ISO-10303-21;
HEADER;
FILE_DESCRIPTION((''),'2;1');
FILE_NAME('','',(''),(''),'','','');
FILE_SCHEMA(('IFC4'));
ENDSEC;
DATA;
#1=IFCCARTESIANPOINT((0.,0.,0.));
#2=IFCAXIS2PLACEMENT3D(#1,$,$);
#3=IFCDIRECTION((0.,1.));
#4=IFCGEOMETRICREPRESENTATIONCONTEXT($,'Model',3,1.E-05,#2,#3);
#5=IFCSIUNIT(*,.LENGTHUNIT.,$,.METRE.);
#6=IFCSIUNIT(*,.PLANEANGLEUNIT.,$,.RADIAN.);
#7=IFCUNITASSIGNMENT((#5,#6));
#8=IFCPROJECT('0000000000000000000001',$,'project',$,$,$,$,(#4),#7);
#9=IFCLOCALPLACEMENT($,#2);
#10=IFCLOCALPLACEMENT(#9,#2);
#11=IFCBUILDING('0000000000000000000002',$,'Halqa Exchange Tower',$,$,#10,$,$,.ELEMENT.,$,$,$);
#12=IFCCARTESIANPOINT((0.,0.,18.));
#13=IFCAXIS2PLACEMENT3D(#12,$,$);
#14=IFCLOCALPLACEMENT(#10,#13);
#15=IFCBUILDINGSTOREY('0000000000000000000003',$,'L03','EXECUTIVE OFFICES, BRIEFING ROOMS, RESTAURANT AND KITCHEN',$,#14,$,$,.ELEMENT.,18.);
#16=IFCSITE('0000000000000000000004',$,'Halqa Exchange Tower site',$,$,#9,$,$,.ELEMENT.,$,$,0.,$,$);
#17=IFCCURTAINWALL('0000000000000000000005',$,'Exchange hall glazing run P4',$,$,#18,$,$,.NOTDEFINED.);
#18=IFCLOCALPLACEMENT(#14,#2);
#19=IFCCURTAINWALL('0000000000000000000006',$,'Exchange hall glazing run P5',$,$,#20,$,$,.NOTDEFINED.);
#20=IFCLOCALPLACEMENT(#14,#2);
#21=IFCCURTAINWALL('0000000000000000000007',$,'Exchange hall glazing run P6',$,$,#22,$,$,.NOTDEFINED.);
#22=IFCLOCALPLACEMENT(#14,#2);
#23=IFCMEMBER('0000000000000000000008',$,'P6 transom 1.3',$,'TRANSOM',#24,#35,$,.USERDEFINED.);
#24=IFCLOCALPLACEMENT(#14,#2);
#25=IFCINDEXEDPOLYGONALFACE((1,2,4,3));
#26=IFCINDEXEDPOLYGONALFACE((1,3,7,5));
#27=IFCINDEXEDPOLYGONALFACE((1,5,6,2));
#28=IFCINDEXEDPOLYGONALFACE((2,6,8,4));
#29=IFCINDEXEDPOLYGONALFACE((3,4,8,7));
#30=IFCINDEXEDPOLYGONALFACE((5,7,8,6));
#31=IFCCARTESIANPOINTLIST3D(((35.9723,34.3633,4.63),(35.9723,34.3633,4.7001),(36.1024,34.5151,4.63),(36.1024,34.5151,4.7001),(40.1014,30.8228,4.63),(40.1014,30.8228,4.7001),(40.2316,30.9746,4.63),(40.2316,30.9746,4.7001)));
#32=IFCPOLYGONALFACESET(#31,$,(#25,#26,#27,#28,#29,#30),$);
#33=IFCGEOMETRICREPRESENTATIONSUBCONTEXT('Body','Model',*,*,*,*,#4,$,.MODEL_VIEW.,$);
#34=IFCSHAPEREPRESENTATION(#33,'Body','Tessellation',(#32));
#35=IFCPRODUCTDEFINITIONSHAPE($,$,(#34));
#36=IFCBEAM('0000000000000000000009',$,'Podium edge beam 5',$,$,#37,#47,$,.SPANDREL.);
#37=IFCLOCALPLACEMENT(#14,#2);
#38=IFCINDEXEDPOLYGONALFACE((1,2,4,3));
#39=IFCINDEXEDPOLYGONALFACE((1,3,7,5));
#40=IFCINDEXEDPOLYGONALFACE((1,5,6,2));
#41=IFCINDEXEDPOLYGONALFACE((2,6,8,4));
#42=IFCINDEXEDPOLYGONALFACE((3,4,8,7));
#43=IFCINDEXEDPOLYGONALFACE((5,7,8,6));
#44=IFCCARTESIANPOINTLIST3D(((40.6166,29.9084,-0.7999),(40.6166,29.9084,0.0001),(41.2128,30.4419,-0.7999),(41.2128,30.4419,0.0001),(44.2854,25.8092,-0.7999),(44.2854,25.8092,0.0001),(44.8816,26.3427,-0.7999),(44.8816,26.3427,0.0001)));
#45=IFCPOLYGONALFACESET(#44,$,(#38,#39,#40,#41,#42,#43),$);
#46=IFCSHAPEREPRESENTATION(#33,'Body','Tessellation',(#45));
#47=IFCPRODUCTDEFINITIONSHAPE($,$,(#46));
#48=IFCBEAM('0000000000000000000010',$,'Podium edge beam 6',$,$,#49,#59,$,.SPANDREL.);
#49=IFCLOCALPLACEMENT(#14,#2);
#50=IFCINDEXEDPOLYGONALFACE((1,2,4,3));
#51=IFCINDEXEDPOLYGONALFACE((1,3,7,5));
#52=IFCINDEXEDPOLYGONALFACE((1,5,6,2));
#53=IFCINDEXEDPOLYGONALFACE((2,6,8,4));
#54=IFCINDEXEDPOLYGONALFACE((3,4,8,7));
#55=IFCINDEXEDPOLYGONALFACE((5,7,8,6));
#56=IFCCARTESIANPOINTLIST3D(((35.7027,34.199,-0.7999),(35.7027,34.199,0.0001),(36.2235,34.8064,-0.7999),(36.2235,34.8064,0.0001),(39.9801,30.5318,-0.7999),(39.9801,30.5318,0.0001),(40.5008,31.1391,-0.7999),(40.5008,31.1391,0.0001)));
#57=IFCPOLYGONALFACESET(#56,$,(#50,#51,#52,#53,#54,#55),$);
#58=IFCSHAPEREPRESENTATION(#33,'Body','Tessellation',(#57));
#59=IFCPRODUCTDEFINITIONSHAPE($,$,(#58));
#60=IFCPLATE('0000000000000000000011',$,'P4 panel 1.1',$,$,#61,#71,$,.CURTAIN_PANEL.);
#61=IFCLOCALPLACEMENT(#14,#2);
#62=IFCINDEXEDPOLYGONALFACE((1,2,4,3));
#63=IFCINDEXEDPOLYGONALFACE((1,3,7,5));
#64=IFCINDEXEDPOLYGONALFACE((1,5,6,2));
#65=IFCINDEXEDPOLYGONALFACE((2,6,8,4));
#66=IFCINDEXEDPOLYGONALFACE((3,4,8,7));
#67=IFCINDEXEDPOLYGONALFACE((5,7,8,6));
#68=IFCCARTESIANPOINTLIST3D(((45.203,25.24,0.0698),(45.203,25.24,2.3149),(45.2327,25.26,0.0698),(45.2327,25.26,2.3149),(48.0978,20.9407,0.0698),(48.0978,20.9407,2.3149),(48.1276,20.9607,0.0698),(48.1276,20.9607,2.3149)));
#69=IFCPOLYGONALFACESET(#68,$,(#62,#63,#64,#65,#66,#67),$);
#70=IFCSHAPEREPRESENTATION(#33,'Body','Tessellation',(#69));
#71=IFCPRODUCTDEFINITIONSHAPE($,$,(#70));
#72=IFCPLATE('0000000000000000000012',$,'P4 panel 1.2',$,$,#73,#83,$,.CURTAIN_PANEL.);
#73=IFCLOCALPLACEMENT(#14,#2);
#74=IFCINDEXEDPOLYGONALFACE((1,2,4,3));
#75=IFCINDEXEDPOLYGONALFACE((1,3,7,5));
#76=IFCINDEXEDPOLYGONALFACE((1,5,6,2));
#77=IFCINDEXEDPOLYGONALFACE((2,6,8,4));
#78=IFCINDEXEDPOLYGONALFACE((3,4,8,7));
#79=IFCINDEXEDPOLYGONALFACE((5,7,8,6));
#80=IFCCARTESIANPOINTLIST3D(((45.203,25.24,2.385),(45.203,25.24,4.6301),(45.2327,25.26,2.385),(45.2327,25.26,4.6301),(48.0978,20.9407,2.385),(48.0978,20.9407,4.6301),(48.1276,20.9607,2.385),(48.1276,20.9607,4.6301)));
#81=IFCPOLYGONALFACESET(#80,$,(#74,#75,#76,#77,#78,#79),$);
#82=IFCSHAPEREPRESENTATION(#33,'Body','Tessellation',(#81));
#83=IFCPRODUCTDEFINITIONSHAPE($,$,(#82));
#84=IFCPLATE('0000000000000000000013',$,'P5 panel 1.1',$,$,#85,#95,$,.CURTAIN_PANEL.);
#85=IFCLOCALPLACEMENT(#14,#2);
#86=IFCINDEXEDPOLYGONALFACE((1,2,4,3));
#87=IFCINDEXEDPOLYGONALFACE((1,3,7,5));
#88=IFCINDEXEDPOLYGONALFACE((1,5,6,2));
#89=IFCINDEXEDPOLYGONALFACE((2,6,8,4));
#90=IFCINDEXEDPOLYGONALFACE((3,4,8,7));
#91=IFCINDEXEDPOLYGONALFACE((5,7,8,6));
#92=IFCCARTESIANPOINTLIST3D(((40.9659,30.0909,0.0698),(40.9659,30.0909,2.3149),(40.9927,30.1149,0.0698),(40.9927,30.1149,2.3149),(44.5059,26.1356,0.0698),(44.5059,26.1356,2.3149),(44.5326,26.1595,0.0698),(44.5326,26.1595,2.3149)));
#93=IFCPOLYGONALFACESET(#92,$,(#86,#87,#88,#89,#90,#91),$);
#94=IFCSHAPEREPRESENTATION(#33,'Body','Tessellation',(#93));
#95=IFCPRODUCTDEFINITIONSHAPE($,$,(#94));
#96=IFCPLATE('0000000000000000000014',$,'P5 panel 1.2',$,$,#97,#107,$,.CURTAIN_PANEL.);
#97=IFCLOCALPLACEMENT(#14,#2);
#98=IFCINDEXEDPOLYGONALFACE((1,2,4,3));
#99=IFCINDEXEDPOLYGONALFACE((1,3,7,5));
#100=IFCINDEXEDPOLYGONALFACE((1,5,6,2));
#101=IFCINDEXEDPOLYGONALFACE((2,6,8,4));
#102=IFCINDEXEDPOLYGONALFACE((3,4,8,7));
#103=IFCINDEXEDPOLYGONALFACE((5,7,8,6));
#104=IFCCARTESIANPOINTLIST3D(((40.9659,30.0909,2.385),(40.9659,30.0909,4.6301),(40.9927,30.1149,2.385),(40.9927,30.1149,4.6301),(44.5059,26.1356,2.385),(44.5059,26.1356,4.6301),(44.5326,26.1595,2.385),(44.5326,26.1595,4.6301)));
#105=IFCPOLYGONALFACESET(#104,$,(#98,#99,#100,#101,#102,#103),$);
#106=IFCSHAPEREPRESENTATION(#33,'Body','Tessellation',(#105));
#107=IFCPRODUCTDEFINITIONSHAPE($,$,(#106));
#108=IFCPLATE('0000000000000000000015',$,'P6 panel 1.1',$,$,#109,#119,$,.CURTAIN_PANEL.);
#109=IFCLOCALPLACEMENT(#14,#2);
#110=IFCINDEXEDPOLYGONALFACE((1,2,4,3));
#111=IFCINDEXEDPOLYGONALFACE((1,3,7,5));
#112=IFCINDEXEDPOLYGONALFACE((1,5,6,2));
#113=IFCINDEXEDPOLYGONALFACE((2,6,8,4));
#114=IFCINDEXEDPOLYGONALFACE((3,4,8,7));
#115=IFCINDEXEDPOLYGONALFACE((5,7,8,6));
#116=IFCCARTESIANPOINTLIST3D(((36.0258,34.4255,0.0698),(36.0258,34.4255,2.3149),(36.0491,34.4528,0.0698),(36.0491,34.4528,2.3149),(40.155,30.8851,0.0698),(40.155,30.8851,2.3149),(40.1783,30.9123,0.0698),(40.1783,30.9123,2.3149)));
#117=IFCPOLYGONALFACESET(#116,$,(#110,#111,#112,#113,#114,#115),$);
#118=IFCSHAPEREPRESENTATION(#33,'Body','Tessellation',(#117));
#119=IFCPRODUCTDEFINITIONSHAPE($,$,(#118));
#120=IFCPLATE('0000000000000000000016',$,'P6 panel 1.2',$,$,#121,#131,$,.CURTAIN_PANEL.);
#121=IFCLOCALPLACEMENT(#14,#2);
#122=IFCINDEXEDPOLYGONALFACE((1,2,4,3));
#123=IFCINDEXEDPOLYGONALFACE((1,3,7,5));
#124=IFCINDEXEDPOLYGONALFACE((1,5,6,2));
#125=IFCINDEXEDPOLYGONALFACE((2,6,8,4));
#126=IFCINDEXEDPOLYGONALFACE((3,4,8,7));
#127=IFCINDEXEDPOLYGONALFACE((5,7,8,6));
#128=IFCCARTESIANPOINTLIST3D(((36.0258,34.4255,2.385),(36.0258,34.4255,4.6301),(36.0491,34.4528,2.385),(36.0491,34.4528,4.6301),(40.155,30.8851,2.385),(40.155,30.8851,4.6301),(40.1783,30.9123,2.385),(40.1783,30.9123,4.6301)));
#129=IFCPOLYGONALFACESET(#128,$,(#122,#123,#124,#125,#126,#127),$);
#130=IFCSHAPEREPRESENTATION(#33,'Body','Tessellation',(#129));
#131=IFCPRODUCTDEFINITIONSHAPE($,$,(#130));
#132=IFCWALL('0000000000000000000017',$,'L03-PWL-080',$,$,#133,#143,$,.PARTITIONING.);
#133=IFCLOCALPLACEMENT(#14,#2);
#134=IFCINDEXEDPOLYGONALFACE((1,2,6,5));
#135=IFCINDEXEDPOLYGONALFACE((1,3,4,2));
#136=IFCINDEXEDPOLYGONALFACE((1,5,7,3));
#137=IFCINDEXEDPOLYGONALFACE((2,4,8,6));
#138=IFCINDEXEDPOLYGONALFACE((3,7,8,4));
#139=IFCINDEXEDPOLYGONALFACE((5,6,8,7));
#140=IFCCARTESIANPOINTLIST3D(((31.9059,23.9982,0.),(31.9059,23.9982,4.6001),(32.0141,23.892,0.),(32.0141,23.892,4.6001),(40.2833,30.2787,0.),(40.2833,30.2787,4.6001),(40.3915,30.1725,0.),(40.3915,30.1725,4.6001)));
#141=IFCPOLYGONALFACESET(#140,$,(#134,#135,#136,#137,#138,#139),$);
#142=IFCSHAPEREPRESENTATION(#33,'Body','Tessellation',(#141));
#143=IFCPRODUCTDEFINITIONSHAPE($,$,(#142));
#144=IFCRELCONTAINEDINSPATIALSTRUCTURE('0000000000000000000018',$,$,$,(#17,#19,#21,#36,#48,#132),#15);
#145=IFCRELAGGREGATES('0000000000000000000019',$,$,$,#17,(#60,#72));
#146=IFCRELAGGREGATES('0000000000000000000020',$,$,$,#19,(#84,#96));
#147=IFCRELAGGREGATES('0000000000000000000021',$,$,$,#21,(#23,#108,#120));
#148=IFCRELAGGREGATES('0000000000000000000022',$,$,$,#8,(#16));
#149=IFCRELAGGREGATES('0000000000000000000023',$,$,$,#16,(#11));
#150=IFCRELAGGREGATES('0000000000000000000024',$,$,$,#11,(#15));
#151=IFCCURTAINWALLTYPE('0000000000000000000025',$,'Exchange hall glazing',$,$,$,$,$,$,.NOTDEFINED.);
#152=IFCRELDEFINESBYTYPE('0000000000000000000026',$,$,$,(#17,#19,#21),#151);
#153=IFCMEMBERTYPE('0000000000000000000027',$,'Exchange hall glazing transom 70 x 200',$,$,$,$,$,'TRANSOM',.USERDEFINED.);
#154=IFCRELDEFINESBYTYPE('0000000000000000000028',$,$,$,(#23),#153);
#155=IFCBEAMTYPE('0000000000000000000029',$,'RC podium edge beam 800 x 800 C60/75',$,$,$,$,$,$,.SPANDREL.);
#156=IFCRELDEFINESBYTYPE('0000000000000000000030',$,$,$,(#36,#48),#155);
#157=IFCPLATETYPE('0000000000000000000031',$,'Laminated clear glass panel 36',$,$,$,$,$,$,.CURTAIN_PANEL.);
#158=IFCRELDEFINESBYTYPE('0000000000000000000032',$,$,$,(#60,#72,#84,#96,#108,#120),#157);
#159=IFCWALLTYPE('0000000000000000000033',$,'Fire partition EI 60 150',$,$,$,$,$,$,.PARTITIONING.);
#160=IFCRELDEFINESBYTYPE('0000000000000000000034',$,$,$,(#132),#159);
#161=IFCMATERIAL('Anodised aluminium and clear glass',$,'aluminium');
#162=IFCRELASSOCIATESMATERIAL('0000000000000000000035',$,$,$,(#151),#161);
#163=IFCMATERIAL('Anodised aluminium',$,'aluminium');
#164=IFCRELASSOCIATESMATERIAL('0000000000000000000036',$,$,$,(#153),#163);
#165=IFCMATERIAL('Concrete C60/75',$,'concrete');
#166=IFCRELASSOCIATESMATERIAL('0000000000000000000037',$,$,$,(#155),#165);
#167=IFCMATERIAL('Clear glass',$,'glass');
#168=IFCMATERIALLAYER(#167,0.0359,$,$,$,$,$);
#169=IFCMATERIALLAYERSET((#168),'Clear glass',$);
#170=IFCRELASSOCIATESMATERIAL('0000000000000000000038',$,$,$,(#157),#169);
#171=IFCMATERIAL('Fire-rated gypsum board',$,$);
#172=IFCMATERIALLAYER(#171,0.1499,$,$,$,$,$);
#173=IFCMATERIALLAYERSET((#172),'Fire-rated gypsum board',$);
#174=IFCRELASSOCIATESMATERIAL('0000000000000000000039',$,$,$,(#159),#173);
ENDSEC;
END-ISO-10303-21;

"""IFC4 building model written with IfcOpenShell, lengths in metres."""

from ifc_helpers import new_model, si_unit, direction, frame, origin, origin_2d, place, context, subcontext, project, spatial, polyline, rectangle, outline, extrude, material, layer, layer_set, material_profile, profile_set, type_object, element, aggregate, save


model = new_model("IFC4")

# Units and contexts
model_context = context("Model", 3, precision=1e-05, world=origin(), true_north=direction((0.0, 1.0)))
body_context = subcontext(model_context, "Body", "Model", "MODEL_VIEW")
ifc_project = project(units=[si_unit("LENGTHUNIT", "METRE"), si_unit("PLANEANGLEUNIT", "RADIAN")], contexts=[model_context])

# Site, building, storey
site_placement = place(None, origin())
site = spatial("IfcSite", under=ifc_project, at=site_placement, Name="Halqa Exchange Tower site", CompositionType="ELEMENT", RefElevation=0.0)
building_placement = place(site_placement, origin())
building = spatial("IfcBuilding", under=site, at=building_placement, Name="Halqa Exchange Tower", CompositionType="ELEMENT")
storey_placement = place(building_placement, frame((0.0, 0.0, 18.0)))
storey = spatial("IfcBuildingStorey", under=building, at=storey_placement, Name="L03", Description="EXECUTIVE OFFICES, BRIEFING ROOMS, RESTAURANT AND KITCHEN", CompositionType="ELEMENT", Elevation=18.0)

# Shared definitions
ifc_material_1 = material(Name="Concrete C60/75", Category="concrete")

# Curtain wall
ifc_material_2 = material(Name="Anodised aluminium and clear glass", Category="aluminium")
curtain_wall_type = type_object("IfcCurtainWallType", Name="Exchange hall glazing", PredefinedType="NOTDEFINED", material=ifc_material_2)
curtain_wall_1_placement = place(storey_placement, origin())
curtain_wall_1 = element("IfcCurtainWall", 1, at=curtain_wall_1_placement, inside=storey, type_object=curtain_wall_type, Name="Exchange hall glazing run P4", PredefinedType="NOTDEFINED")
ifc_material_3 = material(Name="Anodised aluminium", Category="aluminium")

# Curtain wall
curtain_wall_2_placement = place(storey_placement, origin())
curtain_wall_2 = element("IfcCurtainWall", 2, at=curtain_wall_2_placement, inside=storey, type_object=curtain_wall_type, Name="Exchange hall glazing run P5", PredefinedType="NOTDEFINED")

# Curtain wall
curtain_wall_3_placement = place(storey_placement, origin())
curtain_wall_3 = element("IfcCurtainWall", 3, at=curtain_wall_3_placement, inside=storey, type_object=curtain_wall_type, Name="Exchange hall glazing run P6", PredefinedType="NOTDEFINED")

# Member
ifc_material_profile_1 = material_profile(ifc_material_3, rectangle(XDim=0.2, YDim=0.0701, at=origin_2d()), Name="AL 70x200")
ifc_profile_set_1 = profile_set([ifc_material_profile_1], Name="Anodised aluminium")
member_type_1 = type_object("IfcMemberType", Name="Exchange hall glazing transom 70 x 200", ElementType="TRANSOM", PredefinedType="USERDEFINED", material=ifc_profile_set_1)
member_1_placement = place(storey_placement, frame((40.1665, 30.8987, 4.665), z_axis=(-0.759143, 0.650924, 0.0), x_axis=(-0.650924, -0.759143, 0.0)))
member_1 = element("IfcMember", 4, at=member_1_placement, type_object=member_type_1, Name="P6 transom 1.3", ObjectType="TRANSOM", PredefinedType="USERDEFINED", context=body_context, shape_type="SweptSolid", body=[
    extrude(rectangle(XDim=0.2, YDim=0.0701, at=origin_2d()), origin(), (0.0, 0.0, 1.0), 5.4392),
])

# Beams
ifc_material_profile_2 = material_profile(ifc_material_1, rectangle(XDim=0.8, YDim=0.8, at=origin_2d()), Name="800 x 800")
ifc_profile_set_2 = profile_set([ifc_material_profile_2], Name="Concrete C60/75")
beam_type = type_object("IfcBeamType", Name="RC podium edge beam 800 x 800 C60/75", PredefinedType="SPANDREL", material=ifc_profile_set_2)
beam_1_placement = place(storey_placement, frame((44.5835, 26.0759, -0.3999), z_axis=(-0.666903, 0.745145, 0.0), x_axis=(-0.745145, -0.666903, 0.0)))
element("IfcBeam", 5, at=beam_1_placement, inside=storey, type_object=beam_type, Name="Podium edge beam 5", PredefinedType="SPANDREL", context=body_context, shape_type="SweptSolid", body=[
    extrude(rectangle(XDim=0.8, YDim=0.8, at=origin_2d()), origin(), (0.0, 0.0, 1.0), 5.5012),
])
beam_2_placement = place(storey_placement, frame((40.2405, 30.8354, -0.3999), z_axis=(-0.759174, 0.650888, 0.0), x_axis=(-0.650888, -0.759174, 0.0)))
element("IfcBeam", 6, at=beam_2_placement, inside=storey, type_object=beam_type, Name="Podium edge beam 6", PredefinedType="SPANDREL", context=body_context, shape_type="SweptSolid", body=[
    extrude(rectangle(XDim=0.8, YDim=0.8, at=origin_2d()), origin(), (0.0, 0.0, 1.0), 5.6343),
])

# Plates
ifc_material_4 = material(Name="Clear glass", Category="glass")
ifc_layer_1 = layer(ifc_material_4, 0.0359)
ifc_layer_set_1 = layer_set([ifc_layer_1], Name="Clear glass")
plate_type = type_object("IfcPlateType", Name="Laminated clear glass panel 36", PredefinedType="CURTAIN_PANEL", material=ifc_layer_set_1)
plate_1_placement = place(storey_placement, frame((46.6653, 23.1003, 0.0698), z_axis=(0.0, 0.0, 1.0), x_axis=(-0.558522, 0.82949, 0.0)))
plate_1 = element("IfcPlate", 7, at=plate_1_placement, type_object=plate_type, Name="P4 panel 1.1", PredefinedType="CURTAIN_PANEL", context=body_context, shape_type="SweptSolid", body=[
    extrude(rectangle(XDim=5.1831, YDim=0.0359, at=origin_2d()), origin(), (0.0, 0.0, 1.0), 2.2451),
])
plate_2_placement = place(storey_placement, frame((46.6653, 23.1003, 2.385), z_axis=(0.0, 0.0, 1.0), x_axis=(-0.558522, 0.82949, 0.0)))
plate_2 = element("IfcPlate", 8, at=plate_2_placement, type_object=plate_type, Name="P4 panel 1.2", PredefinedType="CURTAIN_PANEL", context=body_context, shape_type="SweptSolid", body=[
    extrude(rectangle(XDim=5.1831, YDim=0.0359, at=origin_2d()), origin(), (0.0, 0.0, 1.0), 2.2451),
])
aggregate(curtain_wall_1, [plate_1, plate_2])
plate_3_placement = place(storey_placement, frame((42.7493, 28.1252, 0.0698), z_axis=(0.0, 0.0, 1.0), x_axis=(-0.666899, 0.745148, 0.0)))
plate_3 = element("IfcPlate", 9, at=plate_3_placement, type_object=plate_type, Name="P5 panel 1.1", PredefinedType="CURTAIN_PANEL", context=body_context, shape_type="SweptSolid", body=[
    extrude(rectangle(XDim=5.3081, YDim=0.0359, at=origin_2d()), origin(), (0.0, 0.0, 1.0), 2.2451),
])
plate_4_placement = place(storey_placement, frame((42.7493, 28.1252, 2.385), z_axis=(0.0, 0.0, 1.0), x_axis=(-0.666899, 0.745148, 0.0)))
plate_4 = element("IfcPlate", 10, at=plate_4_placement, type_object=plate_type, Name="P5 panel 1.2", PredefinedType="CURTAIN_PANEL", context=body_context, shape_type="SweptSolid", body=[
    extrude(rectangle(XDim=5.3081, YDim=0.0359, at=origin_2d()), origin(), (0.0, 0.0, 1.0), 2.2451),
])
aggregate(curtain_wall_2, [plate_3, plate_4])
plate_5_placement = place(storey_placement, frame((38.1021, 32.6689, 0.0698), z_axis=(0.0, 0.0, 1.0), x_axis=(-0.759154, 0.650911, 0.0)))
plate_5 = element("IfcPlate", 11, at=plate_5_placement, type_object=plate_type, Name="P6 panel 1.1", PredefinedType="CURTAIN_PANEL", context=body_context, shape_type="SweptSolid", body=[
    extrude(rectangle(XDim=5.4392, YDim=0.0359, at=origin_2d()), origin(), (0.0, 0.0, 1.0), 2.2451),
])
plate_6_placement = place(storey_placement, frame((38.1021, 32.6689, 2.385), z_axis=(0.0, 0.0, 1.0), x_axis=(-0.759154, 0.650911, 0.0)))
plate_6 = element("IfcPlate", 12, at=plate_6_placement, type_object=plate_type, Name="P6 panel 1.2", PredefinedType="CURTAIN_PANEL", context=body_context, shape_type="SweptSolid", body=[
    extrude(rectangle(XDim=5.4392, YDim=0.0359, at=origin_2d()), origin(), (0.0, 0.0, 1.0), 2.2451),
])
aggregate(curtain_wall_3, [member_1, plate_5, plate_6])

# Wall
ifc_material_5 = material(Name="Fire-rated gypsum board")
ifc_layer_2 = layer(ifc_material_5, 0.1499)
ifc_layer_set_2 = layer_set([ifc_layer_2], Name="Fire-rated gypsum board")
wall_type = type_object("IfcWallType", Name="Fire partition EI 60 150", PredefinedType="PARTITIONING", material=ifc_layer_set_2)
wall_placement = place(storey_placement, frame((40.3374, 30.2256, 0.0), z_axis=(0.0, 0.0, 1.0), x_axis=(-0.800118, -0.599843, 0.0)))
element("IfcWall", 13, at=wall_placement, inside=storey, type_object=wall_type, Name="L03-PWL-080", PredefinedType="PARTITIONING", context=body_context, shape_type="SweptSolid", body=[
    extrude(outline(polyline([(0.0115, -0.075), (10.4817, -0.075), (10.4587, 0.075), (-0.0115, 0.075), (0.0115, -0.075)])), origin(), (0.0, 0.0, 1.0), 4.6001),
])

save(model, "model.ifc")
